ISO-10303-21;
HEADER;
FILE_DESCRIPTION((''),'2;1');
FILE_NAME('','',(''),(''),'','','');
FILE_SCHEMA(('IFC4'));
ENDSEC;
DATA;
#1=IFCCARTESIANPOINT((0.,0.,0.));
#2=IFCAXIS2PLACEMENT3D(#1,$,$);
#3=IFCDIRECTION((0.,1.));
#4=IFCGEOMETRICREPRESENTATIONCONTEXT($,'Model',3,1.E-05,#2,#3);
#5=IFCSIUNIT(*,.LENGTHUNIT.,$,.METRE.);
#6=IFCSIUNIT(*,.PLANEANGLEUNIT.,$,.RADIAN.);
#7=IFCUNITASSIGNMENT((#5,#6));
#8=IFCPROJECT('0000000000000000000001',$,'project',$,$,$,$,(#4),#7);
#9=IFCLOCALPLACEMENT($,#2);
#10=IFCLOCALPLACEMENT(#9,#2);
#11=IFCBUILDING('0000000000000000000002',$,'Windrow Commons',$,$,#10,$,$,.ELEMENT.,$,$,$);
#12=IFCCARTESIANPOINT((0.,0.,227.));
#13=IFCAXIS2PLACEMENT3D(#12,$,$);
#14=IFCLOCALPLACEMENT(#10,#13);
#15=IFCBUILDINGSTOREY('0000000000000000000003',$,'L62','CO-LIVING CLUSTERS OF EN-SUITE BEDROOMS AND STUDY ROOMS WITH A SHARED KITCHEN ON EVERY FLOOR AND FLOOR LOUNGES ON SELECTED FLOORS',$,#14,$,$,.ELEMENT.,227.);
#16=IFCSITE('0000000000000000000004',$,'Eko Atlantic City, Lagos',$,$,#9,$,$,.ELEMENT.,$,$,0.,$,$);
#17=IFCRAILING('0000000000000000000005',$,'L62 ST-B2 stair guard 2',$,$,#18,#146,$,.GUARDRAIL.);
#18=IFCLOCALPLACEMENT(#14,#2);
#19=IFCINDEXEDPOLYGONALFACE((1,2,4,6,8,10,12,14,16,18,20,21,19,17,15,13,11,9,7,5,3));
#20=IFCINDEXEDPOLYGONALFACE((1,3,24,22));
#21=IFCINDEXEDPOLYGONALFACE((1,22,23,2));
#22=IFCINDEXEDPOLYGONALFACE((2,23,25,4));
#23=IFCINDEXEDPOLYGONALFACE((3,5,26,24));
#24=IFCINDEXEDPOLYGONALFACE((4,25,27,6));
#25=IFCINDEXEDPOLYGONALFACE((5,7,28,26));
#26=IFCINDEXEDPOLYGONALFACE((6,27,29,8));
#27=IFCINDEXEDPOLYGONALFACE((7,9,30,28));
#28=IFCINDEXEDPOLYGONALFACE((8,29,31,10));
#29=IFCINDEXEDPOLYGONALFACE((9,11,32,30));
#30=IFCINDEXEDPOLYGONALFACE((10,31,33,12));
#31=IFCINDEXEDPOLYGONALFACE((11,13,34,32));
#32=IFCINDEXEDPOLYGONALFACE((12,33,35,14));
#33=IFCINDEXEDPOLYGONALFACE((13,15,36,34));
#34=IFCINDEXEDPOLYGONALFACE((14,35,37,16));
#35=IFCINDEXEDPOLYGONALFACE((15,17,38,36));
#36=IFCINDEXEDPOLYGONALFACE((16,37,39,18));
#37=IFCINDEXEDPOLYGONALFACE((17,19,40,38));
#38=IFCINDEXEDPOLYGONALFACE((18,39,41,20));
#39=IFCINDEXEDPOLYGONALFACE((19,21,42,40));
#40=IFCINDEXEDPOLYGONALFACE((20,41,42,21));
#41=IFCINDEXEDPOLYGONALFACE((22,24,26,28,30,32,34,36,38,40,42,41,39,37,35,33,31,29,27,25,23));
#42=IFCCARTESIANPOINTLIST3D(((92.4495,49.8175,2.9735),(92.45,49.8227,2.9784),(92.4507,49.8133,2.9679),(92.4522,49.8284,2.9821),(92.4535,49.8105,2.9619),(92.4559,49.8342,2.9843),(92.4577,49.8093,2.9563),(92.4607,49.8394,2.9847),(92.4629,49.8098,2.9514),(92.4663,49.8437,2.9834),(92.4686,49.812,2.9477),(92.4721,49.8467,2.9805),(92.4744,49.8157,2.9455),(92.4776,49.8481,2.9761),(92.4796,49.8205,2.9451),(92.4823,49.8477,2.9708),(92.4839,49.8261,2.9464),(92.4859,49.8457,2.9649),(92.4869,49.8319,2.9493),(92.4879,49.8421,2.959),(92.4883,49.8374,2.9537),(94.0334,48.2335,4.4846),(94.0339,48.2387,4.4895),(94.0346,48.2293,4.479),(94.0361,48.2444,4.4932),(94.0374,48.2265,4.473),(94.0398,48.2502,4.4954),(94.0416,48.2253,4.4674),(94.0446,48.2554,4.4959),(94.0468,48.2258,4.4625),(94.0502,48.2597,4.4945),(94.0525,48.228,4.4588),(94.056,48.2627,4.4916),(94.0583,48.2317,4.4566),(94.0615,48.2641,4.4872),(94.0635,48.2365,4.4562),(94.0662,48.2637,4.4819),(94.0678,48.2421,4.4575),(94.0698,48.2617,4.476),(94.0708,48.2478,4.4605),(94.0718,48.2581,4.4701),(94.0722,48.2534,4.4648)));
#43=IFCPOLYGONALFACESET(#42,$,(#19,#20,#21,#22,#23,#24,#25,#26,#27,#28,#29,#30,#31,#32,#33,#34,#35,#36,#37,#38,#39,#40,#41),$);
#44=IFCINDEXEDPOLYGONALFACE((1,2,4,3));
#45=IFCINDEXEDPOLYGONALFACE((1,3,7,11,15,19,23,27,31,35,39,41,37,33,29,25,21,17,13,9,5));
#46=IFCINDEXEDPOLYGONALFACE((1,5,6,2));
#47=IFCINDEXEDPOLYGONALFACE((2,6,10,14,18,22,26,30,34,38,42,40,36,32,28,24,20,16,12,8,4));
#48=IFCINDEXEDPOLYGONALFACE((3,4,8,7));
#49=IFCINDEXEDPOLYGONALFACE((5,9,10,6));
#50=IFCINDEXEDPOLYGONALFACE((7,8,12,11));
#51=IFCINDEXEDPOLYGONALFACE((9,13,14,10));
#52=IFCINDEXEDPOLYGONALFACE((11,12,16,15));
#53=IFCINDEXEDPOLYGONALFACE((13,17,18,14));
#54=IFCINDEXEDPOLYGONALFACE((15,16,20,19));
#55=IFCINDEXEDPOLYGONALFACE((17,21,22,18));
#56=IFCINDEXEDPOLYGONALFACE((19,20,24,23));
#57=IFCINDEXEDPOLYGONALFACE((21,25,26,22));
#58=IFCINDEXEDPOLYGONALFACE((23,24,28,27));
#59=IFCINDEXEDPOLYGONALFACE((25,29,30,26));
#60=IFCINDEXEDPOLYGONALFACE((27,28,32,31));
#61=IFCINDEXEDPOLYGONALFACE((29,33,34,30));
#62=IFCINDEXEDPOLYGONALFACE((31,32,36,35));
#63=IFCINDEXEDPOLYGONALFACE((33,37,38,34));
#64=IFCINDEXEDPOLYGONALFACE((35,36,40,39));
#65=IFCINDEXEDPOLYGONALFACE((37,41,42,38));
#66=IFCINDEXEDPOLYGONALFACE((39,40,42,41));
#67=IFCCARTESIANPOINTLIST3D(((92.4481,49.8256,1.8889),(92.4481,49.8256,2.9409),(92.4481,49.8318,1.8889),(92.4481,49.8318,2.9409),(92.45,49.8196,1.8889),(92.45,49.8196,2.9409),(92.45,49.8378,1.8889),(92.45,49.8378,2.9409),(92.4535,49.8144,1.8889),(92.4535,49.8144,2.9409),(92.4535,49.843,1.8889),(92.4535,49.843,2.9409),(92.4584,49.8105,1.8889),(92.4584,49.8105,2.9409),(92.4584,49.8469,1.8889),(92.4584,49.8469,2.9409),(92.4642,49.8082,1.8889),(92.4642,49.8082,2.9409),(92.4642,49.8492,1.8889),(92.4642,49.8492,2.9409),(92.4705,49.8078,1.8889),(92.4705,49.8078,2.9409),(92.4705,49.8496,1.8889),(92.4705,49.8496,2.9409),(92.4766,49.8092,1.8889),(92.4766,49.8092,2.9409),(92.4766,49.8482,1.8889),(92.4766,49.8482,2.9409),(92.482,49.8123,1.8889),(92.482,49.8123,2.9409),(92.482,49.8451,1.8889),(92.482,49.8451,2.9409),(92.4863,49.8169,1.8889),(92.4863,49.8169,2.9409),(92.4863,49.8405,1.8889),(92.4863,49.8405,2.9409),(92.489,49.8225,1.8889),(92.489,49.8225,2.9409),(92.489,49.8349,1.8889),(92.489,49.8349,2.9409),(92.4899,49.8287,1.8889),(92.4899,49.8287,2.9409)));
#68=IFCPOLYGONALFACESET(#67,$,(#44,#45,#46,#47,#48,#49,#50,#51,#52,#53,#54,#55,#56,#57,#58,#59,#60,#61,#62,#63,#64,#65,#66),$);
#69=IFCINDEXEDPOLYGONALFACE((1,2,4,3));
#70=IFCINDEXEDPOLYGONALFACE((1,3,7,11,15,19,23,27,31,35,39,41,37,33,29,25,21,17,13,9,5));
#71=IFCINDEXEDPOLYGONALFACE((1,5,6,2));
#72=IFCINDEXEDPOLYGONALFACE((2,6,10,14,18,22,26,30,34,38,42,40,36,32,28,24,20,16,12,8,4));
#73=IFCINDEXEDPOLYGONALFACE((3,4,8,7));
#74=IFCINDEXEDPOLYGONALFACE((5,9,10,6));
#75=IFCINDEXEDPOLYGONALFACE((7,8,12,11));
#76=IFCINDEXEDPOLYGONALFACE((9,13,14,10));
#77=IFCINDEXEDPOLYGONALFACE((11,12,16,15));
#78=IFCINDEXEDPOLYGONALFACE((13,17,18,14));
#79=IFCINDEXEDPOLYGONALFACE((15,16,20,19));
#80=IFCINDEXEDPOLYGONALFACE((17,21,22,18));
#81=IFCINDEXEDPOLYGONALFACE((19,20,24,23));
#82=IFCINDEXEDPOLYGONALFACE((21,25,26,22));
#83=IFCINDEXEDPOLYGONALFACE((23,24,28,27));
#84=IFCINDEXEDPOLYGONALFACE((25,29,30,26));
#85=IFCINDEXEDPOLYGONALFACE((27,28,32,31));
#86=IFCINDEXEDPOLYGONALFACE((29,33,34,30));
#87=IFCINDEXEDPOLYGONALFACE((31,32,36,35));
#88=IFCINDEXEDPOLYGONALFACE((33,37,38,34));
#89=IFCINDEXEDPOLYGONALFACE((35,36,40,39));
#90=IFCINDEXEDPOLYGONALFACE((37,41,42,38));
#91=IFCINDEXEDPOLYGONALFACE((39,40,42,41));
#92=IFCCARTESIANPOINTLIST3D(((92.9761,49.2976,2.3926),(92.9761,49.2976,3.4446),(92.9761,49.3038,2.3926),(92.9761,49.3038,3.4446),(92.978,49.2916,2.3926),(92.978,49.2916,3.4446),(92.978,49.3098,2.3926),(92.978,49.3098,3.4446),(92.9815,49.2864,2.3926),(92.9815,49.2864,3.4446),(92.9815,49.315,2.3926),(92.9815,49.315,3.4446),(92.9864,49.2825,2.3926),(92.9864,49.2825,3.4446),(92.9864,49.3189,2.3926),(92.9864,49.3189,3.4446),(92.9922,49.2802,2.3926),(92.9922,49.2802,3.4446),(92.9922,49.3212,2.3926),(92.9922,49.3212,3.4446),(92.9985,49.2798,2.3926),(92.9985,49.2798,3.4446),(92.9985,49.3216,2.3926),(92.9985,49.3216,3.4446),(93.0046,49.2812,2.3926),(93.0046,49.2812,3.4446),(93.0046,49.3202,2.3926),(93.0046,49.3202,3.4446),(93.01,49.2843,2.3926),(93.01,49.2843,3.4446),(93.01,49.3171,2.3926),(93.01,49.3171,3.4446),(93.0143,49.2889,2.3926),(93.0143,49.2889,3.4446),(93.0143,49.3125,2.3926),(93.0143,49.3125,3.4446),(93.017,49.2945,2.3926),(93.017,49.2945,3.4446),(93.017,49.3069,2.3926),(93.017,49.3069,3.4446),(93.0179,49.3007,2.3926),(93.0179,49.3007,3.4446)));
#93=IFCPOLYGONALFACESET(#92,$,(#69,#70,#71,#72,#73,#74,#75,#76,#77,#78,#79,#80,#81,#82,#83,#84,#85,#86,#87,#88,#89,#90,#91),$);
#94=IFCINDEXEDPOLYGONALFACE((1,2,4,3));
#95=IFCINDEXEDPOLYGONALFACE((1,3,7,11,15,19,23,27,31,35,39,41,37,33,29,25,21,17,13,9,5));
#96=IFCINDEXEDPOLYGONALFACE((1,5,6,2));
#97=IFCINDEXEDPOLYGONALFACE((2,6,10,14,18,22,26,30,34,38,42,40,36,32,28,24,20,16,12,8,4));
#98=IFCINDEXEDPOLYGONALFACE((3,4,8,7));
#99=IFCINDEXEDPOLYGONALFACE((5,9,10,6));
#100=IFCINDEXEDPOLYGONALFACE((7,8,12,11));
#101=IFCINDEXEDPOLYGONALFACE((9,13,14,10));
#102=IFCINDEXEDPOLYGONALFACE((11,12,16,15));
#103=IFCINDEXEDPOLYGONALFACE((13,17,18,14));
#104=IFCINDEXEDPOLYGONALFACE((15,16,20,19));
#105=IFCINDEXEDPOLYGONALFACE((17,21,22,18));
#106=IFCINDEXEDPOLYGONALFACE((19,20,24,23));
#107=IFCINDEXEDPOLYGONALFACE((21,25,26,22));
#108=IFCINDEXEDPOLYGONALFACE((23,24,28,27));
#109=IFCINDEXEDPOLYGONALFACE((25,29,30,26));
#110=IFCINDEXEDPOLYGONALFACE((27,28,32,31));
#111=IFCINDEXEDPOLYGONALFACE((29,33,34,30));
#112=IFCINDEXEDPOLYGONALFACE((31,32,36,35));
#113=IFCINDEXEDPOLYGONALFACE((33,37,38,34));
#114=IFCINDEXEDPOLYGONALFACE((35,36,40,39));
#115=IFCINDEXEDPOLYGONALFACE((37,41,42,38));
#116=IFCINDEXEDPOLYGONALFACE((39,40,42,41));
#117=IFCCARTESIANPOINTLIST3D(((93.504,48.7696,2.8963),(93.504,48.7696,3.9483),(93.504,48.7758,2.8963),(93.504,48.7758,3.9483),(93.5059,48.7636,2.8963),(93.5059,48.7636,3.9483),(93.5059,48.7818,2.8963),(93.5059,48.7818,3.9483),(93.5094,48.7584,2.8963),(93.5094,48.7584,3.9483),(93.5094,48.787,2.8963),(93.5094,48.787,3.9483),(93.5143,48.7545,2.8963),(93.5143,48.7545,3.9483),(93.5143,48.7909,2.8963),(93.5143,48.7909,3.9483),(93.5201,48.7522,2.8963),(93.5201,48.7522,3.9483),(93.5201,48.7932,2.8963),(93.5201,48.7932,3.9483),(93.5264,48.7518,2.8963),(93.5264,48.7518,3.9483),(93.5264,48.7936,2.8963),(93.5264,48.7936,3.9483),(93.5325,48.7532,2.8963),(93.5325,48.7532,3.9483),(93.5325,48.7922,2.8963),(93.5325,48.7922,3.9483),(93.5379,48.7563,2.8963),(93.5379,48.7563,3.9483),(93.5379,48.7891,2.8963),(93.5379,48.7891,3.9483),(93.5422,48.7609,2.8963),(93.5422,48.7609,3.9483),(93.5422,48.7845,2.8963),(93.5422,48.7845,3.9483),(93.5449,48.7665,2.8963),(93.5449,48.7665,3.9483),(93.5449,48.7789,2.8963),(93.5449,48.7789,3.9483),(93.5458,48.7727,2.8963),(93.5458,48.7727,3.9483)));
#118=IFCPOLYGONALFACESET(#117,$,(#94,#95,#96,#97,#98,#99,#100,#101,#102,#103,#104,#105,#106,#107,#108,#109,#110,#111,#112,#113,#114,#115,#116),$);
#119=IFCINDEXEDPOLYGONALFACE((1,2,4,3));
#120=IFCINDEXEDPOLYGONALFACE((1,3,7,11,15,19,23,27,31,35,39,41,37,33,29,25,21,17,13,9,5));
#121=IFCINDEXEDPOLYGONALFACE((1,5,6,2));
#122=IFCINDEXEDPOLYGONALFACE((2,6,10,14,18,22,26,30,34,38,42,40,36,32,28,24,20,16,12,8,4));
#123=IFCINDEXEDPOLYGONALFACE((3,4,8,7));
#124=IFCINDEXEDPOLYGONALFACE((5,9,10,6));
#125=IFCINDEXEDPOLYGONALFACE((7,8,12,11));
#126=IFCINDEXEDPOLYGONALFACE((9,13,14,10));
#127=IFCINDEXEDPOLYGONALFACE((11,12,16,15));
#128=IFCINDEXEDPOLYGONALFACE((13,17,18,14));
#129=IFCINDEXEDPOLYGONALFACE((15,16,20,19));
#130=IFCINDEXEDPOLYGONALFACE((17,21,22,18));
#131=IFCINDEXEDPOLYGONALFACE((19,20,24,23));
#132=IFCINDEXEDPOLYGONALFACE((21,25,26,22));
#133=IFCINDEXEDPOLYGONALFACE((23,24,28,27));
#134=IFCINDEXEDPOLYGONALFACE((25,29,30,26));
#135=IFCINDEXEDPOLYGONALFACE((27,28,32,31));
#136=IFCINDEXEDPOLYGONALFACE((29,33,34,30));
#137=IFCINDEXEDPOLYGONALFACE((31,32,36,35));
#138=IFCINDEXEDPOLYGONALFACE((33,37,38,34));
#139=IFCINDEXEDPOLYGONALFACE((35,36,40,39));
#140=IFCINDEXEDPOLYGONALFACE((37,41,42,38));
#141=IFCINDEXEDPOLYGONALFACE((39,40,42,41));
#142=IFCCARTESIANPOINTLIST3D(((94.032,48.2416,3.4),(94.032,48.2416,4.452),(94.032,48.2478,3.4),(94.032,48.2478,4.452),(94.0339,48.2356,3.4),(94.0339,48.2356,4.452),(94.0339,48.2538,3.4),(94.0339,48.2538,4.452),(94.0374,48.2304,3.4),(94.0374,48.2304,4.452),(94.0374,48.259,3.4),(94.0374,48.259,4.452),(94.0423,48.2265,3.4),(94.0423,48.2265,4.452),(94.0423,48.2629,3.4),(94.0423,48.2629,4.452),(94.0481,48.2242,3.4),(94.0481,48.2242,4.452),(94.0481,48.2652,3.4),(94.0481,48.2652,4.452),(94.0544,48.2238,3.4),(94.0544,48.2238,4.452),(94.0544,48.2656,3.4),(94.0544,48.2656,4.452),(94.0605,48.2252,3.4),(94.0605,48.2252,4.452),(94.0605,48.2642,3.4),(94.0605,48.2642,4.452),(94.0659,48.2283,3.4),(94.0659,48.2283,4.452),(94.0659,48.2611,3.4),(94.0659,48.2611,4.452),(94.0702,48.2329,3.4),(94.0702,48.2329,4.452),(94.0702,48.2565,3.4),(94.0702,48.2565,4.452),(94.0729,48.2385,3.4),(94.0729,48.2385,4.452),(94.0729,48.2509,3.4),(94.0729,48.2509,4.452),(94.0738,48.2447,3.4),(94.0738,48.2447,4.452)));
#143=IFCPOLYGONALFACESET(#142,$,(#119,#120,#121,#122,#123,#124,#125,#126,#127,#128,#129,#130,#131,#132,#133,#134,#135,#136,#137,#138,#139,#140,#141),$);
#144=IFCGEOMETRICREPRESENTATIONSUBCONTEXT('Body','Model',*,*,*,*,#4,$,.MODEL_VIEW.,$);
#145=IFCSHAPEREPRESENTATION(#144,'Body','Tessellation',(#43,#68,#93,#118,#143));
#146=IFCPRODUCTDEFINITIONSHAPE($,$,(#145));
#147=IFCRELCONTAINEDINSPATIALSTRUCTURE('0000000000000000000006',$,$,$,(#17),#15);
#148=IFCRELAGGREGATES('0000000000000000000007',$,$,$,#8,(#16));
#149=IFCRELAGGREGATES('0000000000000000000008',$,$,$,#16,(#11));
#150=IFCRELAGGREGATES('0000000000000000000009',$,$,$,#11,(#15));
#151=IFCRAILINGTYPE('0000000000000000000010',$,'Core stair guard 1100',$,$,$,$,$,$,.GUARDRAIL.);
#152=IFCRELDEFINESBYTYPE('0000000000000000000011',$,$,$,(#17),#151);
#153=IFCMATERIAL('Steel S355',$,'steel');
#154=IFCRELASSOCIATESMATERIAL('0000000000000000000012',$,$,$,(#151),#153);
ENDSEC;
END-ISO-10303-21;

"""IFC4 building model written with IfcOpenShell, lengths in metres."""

from ifc_helpers import new_model, si_unit, direction, frame, origin, origin_2d, place, context, subcontext, project, spatial, circle, extrude, material, type_object, element, save


model = new_model("IFC4")

# Units and contexts
model_context = context("Model", 3, precision=1e-05, world=origin(), true_north=direction((0.0, 1.0)))
body_context = subcontext(model_context, "Body", "Model", "MODEL_VIEW")
ifc_project = project(units=[si_unit("LENGTHUNIT", "METRE"), si_unit("PLANEANGLEUNIT", "RADIAN")], contexts=[model_context])

# Site, building, storey
site_placement = place(None, origin())
site = spatial("IfcSite", under=ifc_project, at=site_placement, Name="Eko Atlantic City, Lagos", CompositionType="ELEMENT", RefElevation=0.0)
building_placement = place(site_placement, origin())
building = spatial("IfcBuilding", under=site, at=building_placement, Name="Windrow Commons", CompositionType="ELEMENT")
storey_placement = place(building_placement, frame((0.0, 0.0, 227.0)))
storey = spatial("IfcBuildingStorey", under=building, at=storey_placement, Name="L62", Description="CO-LIVING CLUSTERS OF EN-SUITE BEDROOMS AND STUDY ROOMS WITH A SHARED KITCHEN ON EVERY FLOOR AND FLOOR LOUNGES ON SELECTED FLOORS", CompositionType="ELEMENT", Elevation=227.0)

# Railing
ifc_material_1 = material(Name="Steel S355", Category="steel")
railing_type_1 = type_object("IfcRailingType", Name="Core stair guard 1100", PredefinedType="GUARDRAIL", material=ifc_material_1)
railing_1_placement = place(storey_placement, frame((92.4689, 49.8287, 1.8889)))
element("IfcRailing", 1, at=railing_1_placement, inside=storey, type_object=railing_type_1, Name="L62 ST-B2 stair guard 2", PredefinedType="GUARDRAIL", context=body_context, shape_type="SweptSolid", body=[
    extrude(circle(Radius=0.024, at=origin_2d()), frame((0.0, 0.0, 1.076), z_axis=(0.586179, -0.586216, 0.559237), x_axis=(0.707129, 0.707084, 0.0)), (0.0, 0.0, 1.0), 2.7021),
    extrude(circle(Radius=0.021, at=origin_2d()), origin(), (0.0, 0.0, 1.0), 1.052),
    extrude(circle(Radius=0.021, at=origin_2d()), frame((0.528, -0.528, 0.5037)), (0.0, 0.0, 1.0), 1.052),
    extrude(circle(Radius=0.021, at=origin_2d()), frame((1.0559, -1.056, 1.0074)), (0.0, 0.0, 1.0), 1.052),
    extrude(circle(Radius=0.021, at=origin_2d()), frame((1.5839, -1.584, 1.5111)), (0.0, 0.0, 1.0), 1.052),
])

save(model, "model.ifc")
